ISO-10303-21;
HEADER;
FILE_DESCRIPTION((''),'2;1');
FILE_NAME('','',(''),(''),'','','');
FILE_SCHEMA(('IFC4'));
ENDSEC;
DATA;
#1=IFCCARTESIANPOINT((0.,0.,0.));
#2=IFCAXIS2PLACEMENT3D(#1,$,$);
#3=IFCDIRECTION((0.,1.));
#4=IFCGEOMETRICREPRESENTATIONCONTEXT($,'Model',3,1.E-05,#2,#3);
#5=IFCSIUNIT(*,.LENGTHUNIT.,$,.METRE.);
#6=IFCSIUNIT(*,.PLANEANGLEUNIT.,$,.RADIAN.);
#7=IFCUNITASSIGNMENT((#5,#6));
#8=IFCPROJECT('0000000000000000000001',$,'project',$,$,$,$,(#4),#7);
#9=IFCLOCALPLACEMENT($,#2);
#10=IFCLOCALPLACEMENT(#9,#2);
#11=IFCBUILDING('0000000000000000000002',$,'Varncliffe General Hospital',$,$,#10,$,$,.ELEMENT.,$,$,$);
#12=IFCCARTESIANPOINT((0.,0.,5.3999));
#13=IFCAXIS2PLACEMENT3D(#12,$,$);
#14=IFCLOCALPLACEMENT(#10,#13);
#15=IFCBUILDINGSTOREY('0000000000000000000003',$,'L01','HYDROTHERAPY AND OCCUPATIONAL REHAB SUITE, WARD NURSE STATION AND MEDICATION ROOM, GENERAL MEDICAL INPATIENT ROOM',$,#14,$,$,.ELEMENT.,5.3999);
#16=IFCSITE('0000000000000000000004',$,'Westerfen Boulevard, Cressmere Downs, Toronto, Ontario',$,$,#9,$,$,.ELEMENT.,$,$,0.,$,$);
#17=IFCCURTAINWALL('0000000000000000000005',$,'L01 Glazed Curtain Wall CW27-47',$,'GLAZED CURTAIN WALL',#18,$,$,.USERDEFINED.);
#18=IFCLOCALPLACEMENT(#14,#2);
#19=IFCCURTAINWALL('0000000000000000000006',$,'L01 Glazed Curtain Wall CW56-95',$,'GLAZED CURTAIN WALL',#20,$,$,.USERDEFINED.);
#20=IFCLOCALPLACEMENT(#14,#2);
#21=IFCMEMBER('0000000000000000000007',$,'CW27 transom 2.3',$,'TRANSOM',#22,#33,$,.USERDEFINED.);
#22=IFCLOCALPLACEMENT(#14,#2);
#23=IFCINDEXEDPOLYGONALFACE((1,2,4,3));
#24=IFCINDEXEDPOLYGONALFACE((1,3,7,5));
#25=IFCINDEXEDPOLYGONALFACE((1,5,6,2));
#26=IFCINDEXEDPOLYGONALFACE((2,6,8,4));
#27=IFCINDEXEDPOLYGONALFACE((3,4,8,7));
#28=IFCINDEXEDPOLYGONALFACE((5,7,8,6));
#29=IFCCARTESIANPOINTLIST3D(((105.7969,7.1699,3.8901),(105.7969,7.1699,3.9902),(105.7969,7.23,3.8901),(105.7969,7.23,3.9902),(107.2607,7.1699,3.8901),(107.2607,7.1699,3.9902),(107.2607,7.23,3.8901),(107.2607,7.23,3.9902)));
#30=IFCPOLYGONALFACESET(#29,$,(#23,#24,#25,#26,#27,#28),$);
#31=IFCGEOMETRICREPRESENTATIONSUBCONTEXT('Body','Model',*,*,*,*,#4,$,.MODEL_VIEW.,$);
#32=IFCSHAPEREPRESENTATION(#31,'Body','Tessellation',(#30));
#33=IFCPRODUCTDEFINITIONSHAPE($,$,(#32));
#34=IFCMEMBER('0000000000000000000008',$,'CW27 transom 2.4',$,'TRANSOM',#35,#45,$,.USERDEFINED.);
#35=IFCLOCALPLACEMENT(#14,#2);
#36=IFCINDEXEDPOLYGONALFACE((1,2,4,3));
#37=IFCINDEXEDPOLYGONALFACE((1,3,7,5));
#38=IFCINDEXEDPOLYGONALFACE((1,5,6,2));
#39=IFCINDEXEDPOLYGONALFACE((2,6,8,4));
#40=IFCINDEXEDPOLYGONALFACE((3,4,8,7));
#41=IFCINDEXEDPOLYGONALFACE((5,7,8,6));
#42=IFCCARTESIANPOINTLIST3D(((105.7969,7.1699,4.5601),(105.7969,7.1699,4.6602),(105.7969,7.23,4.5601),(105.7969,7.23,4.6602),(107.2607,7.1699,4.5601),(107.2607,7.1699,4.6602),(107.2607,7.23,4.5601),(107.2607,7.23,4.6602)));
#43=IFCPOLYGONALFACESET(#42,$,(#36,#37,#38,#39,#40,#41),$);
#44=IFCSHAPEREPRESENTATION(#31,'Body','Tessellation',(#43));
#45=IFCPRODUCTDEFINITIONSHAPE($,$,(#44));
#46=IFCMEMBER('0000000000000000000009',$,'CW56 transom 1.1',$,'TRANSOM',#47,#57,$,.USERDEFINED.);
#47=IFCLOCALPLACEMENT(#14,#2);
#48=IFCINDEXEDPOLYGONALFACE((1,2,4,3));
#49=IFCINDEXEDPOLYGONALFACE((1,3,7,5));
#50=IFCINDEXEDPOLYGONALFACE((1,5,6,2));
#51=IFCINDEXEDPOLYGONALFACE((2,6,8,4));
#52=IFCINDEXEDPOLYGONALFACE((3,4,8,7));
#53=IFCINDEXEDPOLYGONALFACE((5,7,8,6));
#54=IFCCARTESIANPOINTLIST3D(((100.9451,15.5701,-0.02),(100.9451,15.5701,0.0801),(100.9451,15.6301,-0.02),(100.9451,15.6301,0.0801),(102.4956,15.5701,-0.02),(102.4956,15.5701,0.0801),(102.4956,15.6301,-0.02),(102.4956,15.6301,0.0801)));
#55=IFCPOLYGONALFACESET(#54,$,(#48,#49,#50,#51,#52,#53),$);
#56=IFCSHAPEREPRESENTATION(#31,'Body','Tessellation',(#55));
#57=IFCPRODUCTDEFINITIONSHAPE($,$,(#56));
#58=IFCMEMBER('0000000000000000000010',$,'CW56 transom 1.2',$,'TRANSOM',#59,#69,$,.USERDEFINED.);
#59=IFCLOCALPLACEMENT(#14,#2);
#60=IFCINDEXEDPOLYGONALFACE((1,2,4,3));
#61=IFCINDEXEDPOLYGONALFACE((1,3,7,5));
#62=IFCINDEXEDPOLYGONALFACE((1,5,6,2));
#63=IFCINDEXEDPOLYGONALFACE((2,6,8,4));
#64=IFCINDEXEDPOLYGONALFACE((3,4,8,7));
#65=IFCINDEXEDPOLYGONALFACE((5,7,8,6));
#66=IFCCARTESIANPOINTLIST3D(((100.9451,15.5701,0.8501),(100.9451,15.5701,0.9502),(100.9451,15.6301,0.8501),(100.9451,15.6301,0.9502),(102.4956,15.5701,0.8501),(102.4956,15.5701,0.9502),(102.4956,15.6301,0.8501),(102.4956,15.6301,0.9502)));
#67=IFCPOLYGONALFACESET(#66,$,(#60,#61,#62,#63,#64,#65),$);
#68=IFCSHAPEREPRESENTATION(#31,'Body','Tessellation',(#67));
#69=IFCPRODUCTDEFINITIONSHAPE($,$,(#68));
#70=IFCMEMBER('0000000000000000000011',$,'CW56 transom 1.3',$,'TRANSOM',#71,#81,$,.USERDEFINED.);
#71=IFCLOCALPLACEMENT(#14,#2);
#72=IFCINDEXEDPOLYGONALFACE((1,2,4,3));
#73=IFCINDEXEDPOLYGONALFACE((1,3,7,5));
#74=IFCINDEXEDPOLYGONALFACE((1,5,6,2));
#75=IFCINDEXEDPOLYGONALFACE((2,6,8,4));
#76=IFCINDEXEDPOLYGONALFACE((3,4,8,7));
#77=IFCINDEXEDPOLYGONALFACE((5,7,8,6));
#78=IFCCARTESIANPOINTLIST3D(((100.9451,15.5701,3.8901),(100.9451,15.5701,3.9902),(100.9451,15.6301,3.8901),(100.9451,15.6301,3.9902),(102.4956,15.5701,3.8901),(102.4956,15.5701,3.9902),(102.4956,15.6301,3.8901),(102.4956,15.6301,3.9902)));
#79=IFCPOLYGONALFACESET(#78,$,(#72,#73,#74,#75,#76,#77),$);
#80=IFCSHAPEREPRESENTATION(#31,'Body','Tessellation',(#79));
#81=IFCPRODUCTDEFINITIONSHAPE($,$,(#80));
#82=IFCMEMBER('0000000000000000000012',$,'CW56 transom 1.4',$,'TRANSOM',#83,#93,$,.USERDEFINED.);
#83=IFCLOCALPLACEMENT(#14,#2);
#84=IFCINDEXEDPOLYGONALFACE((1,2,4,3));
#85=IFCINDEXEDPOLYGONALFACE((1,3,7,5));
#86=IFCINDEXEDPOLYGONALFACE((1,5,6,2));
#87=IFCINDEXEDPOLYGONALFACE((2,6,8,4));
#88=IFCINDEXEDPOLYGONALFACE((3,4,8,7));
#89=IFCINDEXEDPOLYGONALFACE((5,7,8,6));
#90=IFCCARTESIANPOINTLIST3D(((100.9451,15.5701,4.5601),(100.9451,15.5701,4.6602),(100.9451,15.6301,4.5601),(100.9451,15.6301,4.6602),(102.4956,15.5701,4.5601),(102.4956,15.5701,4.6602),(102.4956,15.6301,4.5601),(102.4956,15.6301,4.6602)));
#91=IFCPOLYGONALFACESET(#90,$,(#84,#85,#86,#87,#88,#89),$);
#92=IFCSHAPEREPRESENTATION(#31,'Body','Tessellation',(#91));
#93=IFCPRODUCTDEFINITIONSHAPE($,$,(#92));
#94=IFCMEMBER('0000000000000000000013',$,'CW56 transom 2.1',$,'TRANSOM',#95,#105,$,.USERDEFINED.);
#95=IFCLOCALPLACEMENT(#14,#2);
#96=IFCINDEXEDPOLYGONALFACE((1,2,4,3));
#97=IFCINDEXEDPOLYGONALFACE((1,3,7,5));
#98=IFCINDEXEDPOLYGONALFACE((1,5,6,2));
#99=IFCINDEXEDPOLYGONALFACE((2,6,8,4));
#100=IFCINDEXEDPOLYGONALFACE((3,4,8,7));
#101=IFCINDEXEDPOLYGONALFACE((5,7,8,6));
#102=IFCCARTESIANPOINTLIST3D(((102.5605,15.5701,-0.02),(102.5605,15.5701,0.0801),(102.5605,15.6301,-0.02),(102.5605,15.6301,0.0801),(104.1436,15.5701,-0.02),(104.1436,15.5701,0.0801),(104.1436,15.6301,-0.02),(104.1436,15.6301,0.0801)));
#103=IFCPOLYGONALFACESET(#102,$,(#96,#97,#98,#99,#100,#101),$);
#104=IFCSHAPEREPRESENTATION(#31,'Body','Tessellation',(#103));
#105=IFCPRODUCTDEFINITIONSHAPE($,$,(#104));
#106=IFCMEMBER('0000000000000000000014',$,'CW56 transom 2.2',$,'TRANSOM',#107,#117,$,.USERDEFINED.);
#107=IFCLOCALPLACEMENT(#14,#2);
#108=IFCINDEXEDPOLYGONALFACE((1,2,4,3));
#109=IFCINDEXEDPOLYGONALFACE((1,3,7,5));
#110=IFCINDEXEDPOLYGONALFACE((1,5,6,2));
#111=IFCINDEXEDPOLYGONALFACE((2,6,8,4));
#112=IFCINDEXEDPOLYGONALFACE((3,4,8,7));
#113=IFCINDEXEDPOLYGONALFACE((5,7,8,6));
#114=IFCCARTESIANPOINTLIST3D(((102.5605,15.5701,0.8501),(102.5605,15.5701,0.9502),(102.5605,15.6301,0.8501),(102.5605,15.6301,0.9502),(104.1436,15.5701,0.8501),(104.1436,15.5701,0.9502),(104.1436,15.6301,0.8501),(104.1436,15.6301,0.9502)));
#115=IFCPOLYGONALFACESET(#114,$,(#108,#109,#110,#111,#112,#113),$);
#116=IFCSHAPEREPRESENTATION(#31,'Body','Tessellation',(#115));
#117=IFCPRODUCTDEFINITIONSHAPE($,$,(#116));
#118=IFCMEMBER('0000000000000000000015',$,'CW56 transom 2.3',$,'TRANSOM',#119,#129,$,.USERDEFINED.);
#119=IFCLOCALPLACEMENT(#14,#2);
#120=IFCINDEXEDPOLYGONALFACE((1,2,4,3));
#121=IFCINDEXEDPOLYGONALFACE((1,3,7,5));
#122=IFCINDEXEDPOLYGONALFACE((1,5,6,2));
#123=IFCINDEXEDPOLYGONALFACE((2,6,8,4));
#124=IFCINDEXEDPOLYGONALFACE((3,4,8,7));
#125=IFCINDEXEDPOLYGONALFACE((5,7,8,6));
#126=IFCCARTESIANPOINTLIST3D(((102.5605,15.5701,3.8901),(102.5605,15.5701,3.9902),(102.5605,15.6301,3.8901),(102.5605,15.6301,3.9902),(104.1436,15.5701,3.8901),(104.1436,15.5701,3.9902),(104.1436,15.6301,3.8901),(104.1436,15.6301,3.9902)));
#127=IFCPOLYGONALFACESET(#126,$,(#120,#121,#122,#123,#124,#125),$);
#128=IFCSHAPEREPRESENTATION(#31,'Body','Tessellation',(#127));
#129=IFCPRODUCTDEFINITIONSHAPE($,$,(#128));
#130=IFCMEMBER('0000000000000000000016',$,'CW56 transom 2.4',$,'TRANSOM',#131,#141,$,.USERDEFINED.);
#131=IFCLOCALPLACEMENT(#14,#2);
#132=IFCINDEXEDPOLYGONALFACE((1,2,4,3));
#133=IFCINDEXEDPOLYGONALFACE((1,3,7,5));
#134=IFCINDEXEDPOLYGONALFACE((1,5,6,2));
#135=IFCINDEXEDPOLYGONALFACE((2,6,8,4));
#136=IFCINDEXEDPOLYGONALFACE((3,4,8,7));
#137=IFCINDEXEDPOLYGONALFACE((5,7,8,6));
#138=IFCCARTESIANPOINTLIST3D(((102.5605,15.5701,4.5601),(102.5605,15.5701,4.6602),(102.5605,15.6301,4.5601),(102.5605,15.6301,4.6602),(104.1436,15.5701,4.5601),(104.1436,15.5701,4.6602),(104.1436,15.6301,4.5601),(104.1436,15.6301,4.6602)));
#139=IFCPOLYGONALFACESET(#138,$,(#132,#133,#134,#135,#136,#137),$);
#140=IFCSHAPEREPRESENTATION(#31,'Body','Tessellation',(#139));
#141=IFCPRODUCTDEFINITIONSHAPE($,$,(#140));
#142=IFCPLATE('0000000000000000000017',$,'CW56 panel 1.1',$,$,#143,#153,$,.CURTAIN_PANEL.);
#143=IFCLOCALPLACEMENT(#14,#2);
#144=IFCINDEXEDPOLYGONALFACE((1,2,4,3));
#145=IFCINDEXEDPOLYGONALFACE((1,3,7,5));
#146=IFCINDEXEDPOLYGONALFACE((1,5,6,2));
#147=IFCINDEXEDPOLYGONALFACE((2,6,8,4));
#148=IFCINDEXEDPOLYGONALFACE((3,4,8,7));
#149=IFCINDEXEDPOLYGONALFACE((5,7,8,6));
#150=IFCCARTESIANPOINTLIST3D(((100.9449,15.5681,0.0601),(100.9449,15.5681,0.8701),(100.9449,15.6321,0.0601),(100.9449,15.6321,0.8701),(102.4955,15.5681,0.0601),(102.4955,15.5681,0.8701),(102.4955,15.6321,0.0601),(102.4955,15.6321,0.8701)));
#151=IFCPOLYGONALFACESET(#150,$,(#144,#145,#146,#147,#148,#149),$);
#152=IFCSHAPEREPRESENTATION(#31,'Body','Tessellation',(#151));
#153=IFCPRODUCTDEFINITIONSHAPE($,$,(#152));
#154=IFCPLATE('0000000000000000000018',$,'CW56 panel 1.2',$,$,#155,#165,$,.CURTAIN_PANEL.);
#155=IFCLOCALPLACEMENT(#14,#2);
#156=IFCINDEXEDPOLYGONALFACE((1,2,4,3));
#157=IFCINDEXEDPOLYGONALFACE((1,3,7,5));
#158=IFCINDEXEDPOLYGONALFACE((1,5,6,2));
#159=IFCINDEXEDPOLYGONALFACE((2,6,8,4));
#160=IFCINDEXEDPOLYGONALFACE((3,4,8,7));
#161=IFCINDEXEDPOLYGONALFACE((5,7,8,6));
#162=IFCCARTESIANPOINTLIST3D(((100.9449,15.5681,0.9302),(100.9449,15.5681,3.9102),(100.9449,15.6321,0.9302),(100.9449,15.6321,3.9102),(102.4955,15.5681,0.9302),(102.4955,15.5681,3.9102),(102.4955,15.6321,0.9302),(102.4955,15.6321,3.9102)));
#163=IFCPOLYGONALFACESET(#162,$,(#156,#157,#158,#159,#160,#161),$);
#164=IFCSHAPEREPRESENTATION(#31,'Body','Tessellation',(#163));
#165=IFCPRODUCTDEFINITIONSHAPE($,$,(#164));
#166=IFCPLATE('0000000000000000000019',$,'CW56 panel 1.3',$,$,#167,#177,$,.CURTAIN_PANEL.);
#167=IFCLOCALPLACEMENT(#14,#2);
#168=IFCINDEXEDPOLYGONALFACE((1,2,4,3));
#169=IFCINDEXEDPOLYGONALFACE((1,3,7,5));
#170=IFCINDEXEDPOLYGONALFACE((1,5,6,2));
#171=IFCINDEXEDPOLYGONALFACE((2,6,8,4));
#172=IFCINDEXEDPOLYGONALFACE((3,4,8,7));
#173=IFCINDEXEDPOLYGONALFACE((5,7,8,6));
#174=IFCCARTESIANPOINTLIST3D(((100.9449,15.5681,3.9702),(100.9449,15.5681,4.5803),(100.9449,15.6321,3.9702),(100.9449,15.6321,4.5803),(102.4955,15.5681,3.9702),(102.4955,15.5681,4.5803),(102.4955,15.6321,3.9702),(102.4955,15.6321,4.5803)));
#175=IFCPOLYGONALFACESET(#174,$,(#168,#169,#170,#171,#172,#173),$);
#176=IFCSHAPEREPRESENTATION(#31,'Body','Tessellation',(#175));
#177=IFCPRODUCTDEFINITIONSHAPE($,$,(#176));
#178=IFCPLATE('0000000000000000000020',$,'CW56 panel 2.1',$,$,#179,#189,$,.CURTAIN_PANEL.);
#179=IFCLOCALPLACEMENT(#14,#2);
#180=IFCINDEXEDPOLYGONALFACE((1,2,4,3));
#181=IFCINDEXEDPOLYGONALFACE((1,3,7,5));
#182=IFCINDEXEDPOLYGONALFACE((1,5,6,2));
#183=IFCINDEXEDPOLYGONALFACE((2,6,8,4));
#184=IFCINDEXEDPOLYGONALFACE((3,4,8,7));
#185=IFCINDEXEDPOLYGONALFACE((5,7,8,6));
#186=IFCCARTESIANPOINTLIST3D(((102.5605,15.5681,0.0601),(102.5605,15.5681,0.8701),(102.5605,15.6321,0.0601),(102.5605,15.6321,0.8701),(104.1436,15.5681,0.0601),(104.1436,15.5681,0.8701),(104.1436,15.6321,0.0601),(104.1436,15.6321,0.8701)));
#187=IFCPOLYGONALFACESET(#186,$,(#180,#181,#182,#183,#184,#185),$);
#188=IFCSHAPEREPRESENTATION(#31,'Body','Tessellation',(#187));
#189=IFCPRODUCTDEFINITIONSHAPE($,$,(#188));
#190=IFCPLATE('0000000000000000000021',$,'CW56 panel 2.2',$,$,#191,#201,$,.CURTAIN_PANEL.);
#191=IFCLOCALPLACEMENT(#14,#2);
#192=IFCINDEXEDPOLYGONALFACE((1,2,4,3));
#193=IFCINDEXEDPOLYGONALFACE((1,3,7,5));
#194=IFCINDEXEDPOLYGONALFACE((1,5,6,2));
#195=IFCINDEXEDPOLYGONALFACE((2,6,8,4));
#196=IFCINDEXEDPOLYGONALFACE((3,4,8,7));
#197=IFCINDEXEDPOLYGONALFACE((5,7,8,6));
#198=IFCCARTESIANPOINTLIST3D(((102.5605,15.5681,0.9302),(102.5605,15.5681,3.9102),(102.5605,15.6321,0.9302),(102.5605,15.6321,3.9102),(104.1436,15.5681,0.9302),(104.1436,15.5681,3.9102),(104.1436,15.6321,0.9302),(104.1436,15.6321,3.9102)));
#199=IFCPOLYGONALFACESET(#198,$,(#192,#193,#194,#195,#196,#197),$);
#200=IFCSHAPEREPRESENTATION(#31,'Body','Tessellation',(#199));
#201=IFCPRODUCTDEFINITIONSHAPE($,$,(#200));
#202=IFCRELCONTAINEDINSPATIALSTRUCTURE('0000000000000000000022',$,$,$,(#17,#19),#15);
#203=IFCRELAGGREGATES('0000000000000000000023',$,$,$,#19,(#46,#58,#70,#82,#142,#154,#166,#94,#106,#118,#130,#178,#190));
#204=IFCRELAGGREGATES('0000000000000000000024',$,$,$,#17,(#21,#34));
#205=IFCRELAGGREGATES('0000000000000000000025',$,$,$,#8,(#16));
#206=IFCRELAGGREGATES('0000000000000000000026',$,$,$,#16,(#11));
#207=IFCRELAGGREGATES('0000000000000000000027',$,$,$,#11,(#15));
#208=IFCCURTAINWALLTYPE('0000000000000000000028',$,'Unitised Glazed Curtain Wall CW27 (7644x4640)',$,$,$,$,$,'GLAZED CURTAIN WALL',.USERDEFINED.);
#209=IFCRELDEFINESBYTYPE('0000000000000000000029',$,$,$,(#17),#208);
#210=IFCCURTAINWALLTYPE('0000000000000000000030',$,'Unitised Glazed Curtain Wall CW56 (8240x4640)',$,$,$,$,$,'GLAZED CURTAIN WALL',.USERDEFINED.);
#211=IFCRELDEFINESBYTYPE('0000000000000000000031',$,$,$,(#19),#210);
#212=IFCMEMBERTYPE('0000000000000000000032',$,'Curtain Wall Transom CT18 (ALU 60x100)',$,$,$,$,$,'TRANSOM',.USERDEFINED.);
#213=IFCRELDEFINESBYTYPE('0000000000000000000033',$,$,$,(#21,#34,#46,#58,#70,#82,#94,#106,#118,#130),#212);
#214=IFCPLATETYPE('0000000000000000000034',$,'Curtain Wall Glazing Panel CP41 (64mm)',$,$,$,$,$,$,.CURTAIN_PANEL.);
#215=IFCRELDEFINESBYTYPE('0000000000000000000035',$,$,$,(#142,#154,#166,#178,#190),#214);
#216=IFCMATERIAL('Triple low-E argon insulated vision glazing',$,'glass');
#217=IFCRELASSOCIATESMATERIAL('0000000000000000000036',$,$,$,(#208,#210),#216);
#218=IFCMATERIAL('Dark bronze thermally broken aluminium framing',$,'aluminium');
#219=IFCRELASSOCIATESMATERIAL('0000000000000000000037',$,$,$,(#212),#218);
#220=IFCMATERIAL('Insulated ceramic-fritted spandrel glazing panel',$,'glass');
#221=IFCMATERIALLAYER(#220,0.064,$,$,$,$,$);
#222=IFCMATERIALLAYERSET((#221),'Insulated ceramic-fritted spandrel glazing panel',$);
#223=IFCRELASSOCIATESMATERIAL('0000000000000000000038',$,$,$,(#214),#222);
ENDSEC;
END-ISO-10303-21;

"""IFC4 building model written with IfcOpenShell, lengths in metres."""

from ifc_helpers import new_model, si_unit, direction, frame, origin, origin_2d, place, context, subcontext, project, spatial, rectangle, extrude, material, layer, layer_set, material_profile, profile_set, type_object, element, aggregate, save


model = new_model("IFC4")

# Units and contexts
model_context = context("Model", 3, precision=1e-05, world=origin(), true_north=direction((0.0, 1.0)))
body_context = subcontext(model_context, "Body", "Model", "MODEL_VIEW")
ifc_project = project(units=[si_unit("LENGTHUNIT", "METRE"), si_unit("PLANEANGLEUNIT", "RADIAN")], contexts=[model_context])

# Site, building, storey
site_placement = place(None, origin())
site = spatial("IfcSite", under=ifc_project, at=site_placement, Name="Westerfen Boulevard, Cressmere Downs, Toronto, Ontario", CompositionType="ELEMENT", RefElevation=0.0)
building_placement = place(site_placement, origin())
building = spatial("IfcBuilding", under=site, at=building_placement, Name="Varncliffe General Hospital", CompositionType="ELEMENT")
storey_placement = place(building_placement, frame((0.0, 0.0, 5.3999)))
storey = spatial("IfcBuildingStorey", under=building, at=storey_placement, Name="L01", Description="HYDROTHERAPY AND OCCUPATIONAL REHAB SUITE, WARD NURSE STATION AND MEDICATION ROOM, GENERAL MEDICAL INPATIENT ROOM", CompositionType="ELEMENT", Elevation=5.3999)

# Shared definitions
ifc_material_1 = material(Name="Triple low-E argon insulated vision glazing", Category="glass")
ifc_material_2 = material(Name="Dark bronze thermally broken aluminium framing", Category="aluminium")

# Curtain walls
curtain_wall_type_1 = type_object("IfcCurtainWallType", Name="Unitised Glazed Curtain Wall CW27 (7644x4640)", ElementType="GLAZED CURTAIN WALL", PredefinedType="USERDEFINED", material=ifc_material_1)
curtain_wall_1_placement = place(storey_placement, origin())
curtain_wall_1 = element("IfcCurtainWall", 1, at=curtain_wall_1_placement, inside=storey, type_object=curtain_wall_type_1, Name="L01 Glazed Curtain Wall CW27-47", ObjectType="GLAZED CURTAIN WALL", PredefinedType="USERDEFINED")
curtain_wall_type_2 = type_object("IfcCurtainWallType", Name="Unitised Glazed Curtain Wall CW56 (8240x4640)", ElementType="GLAZED CURTAIN WALL", PredefinedType="USERDEFINED", material=ifc_material_1)
curtain_wall_2_placement = place(storey_placement, origin())
curtain_wall_2 = element("IfcCurtainWall", 2, at=curtain_wall_2_placement, inside=storey, type_object=curtain_wall_type_2, Name="L01 Glazed Curtain Wall CW56-95", ObjectType="GLAZED CURTAIN WALL", PredefinedType="USERDEFINED")

# Members
ifc_material_profile_1 = material_profile(ifc_material_2, rectangle(XDim=0.0601, YDim=0.1001, at=origin_2d()), Name="ALU 60x100")
ifc_profile_set_1 = profile_set([ifc_material_profile_1], Name="Dark bronze thermally broken aluminium framing")
member_type_1 = type_object("IfcMemberType", Name="Curtain Wall Transom CT18 (ALU 60x100)", ElementType="TRANSOM", PredefinedType="USERDEFINED", material=ifc_profile_set_1)
member_1_placement = place(storey_placement, frame((107.2607, 7.2, 3.9402), z_axis=(-1.0, 0.0, 0.0), x_axis=(0.0, -1.0, 0.0)))
member_1 = element("IfcMember", 3, at=member_1_placement, type_object=member_type_1, Name="CW27 transom 2.3", ObjectType="TRANSOM", PredefinedType="USERDEFINED", context=body_context, shape_type="SweptSolid", body=[
    extrude(rectangle(XDim=0.0601, YDim=0.1001, at=origin_2d()), origin(), (0.0, 0.0, 1.0), 1.4639),
])
member_2_placement = place(storey_placement, frame((107.2607, 7.2, 4.6101), z_axis=(-1.0, 0.0, 0.0), x_axis=(0.0, -1.0, 0.0)))
member_2 = element("IfcMember", 4, at=member_2_placement, type_object=member_type_1, Name="CW27 transom 2.4", ObjectType="TRANSOM", PredefinedType="USERDEFINED", context=body_context, shape_type="SweptSolid", body=[
    extrude(rectangle(XDim=0.0601, YDim=0.1001, at=origin_2d()), origin(), (0.0, 0.0, 1.0), 1.4639),
])
member_3_placement = place(storey_placement, frame((100.9451, 15.6001, 0.03), z_axis=(1.0, 0.0, 0.0), x_axis=(0.0, 1.0, 0.0)))
member_3 = element("IfcMember", 5, at=member_3_placement, type_object=member_type_1, Name="CW56 transom 1.1", ObjectType="TRANSOM", PredefinedType="USERDEFINED", context=body_context, shape_type="SweptSolid", body=[
    extrude(rectangle(XDim=0.0601, YDim=0.1001, at=origin_2d()), origin(), (0.0, 0.0, 1.0), 1.5505),
])
member_4_placement = place(storey_placement, frame((100.9451, 15.6001, 0.9001), z_axis=(1.0, 0.0, 0.0), x_axis=(0.0, 1.0, 0.0)))
member_4 = element("IfcMember", 6, at=member_4_placement, type_object=member_type_1, Name="CW56 transom 1.2", ObjectType="TRANSOM", PredefinedType="USERDEFINED", context=body_context, shape_type="SweptSolid", body=[
    extrude(rectangle(XDim=0.0601, YDim=0.1001, at=origin_2d()), origin(), (0.0, 0.0, 1.0), 1.5505),
])
member_5_placement = place(storey_placement, frame((100.9451, 15.6001, 3.9402), z_axis=(1.0, 0.0, 0.0), x_axis=(0.0, 1.0, 0.0)))
member_5 = element("IfcMember", 7, at=member_5_placement, type_object=member_type_1, Name="CW56 transom 1.3", ObjectType="TRANSOM", PredefinedType="USERDEFINED", context=body_context, shape_type="SweptSolid", body=[
    extrude(rectangle(XDim=0.0601, YDim=0.1001, at=origin_2d()), origin(), (0.0, 0.0, 1.0), 1.5505),
])
member_6_placement = place(storey_placement, frame((100.9451, 15.6001, 4.6101), z_axis=(1.0, 0.0, 0.0), x_axis=(0.0, 1.0, 0.0)))
member_6 = element("IfcMember", 8, at=member_6_placement, type_object=member_type_1, Name="CW56 transom 1.4", ObjectType="TRANSOM", PredefinedType="USERDEFINED", context=body_context, shape_type="SweptSolid", body=[
    extrude(rectangle(XDim=0.0601, YDim=0.1001, at=origin_2d()), origin(), (0.0, 0.0, 1.0), 1.5505),
])
member_7_placement = place(storey_placement, frame((102.5605, 15.6001, 0.03), z_axis=(1.0, 0.0, 0.0), x_axis=(0.0, 1.0, 0.0)))
member_7 = element("IfcMember", 9, at=member_7_placement, type_object=member_type_1, Name="CW56 transom 2.1", ObjectType="TRANSOM", PredefinedType="USERDEFINED", context=body_context, shape_type="SweptSolid", body=[
    extrude(rectangle(XDim=0.0601, YDim=0.1001, at=origin_2d()), origin(), (0.0, 0.0, 1.0), 1.583),
])
member_8_placement = place(storey_placement, frame((102.5605, 15.6001, 0.9001), z_axis=(1.0, 0.0, 0.0), x_axis=(0.0, 1.0, 0.0)))
member_8 = element("IfcMember", 10, at=member_8_placement, type_object=member_type_1, Name="CW56 transom 2.2", ObjectType="TRANSOM", PredefinedType="USERDEFINED", context=body_context, shape_type="SweptSolid", body=[
    extrude(rectangle(XDim=0.0601, YDim=0.1001, at=origin_2d()), origin(), (0.0, 0.0, 1.0), 1.583),
])
member_9_placement = place(storey_placement, frame((102.5605, 15.6001, 3.9402), z_axis=(1.0, 0.0, 0.0), x_axis=(0.0, 1.0, 0.0)))
member_9 = element("IfcMember", 11, at=member_9_placement, type_object=member_type_1, Name="CW56 transom 2.3", ObjectType="TRANSOM", PredefinedType="USERDEFINED", context=body_context, shape_type="SweptSolid", body=[
    extrude(rectangle(XDim=0.0601, YDim=0.1001, at=origin_2d()), origin(), (0.0, 0.0, 1.0), 1.583),
])
member_10_placement = place(storey_placement, frame((102.5605, 15.6001, 4.6101), z_axis=(1.0, 0.0, 0.0), x_axis=(0.0, 1.0, 0.0)))
member_10 = element("IfcMember", 12, at=member_10_placement, type_object=member_type_1, Name="CW56 transom 2.4", ObjectType="TRANSOM", PredefinedType="USERDEFINED", context=body_context, shape_type="SweptSolid", body=[
    extrude(rectangle(XDim=0.0601, YDim=0.1001, at=origin_2d()), origin(), (0.0, 0.0, 1.0), 1.583),
])

# Plates
ifc_material_3 = material(Name="Insulated ceramic-fritted spandrel glazing panel", Category="glass")
ifc_layer_1 = layer(ifc_material_3, 0.064)
ifc_layer_set_1 = layer_set([ifc_layer_1], Name="Insulated ceramic-fritted spandrel glazing panel")
plate_type_1 = type_object("IfcPlateType", Name="Curtain Wall Glazing Panel CP41 (64mm)", PredefinedType="CURTAIN_PANEL", material=ifc_layer_set_1)
plate_1_placement = place(storey_placement, frame((101.7202, 15.6001, 0.0601), z_axis=(0.0, 0.0, 1.0), x_axis=(1.0, 0.0, 0.0)))
plate_1 = element("IfcPlate", 13, at=plate_1_placement, type_object=plate_type_1, Name="CW56 panel 1.1", PredefinedType="CURTAIN_PANEL", context=body_context, shape_type="SweptSolid", body=[
    extrude(rectangle(XDim=1.5505, YDim=0.064, at=origin_2d()), origin(), (0.0, 0.0, 1.0), 0.8101),
])
plate_2_placement = place(storey_placement, frame((101.7202, 15.6001, 0.9302), z_axis=(0.0, 0.0, 1.0), x_axis=(1.0, 0.0, 0.0)))
plate_2 = element("IfcPlate", 14, at=plate_2_placement, type_object=plate_type_1, Name="CW56 panel 1.2", PredefinedType="CURTAIN_PANEL", context=body_context, shape_type="SweptSolid", body=[
    extrude(rectangle(XDim=1.5505, YDim=0.064, at=origin_2d()), origin(), (0.0, 0.0, 1.0), 2.98),
])
plate_3_placement = place(storey_placement, frame((101.7202, 15.6001, 3.9702), z_axis=(0.0, 0.0, 1.0), x_axis=(1.0, 0.0, 0.0)))
plate_3 = element("IfcPlate", 15, at=plate_3_placement, type_object=plate_type_1, Name="CW56 panel 1.3", PredefinedType="CURTAIN_PANEL", context=body_context, shape_type="SweptSolid", body=[
    extrude(rectangle(XDim=1.5505, YDim=0.064, at=origin_2d()), origin(), (0.0, 0.0, 1.0), 0.6101),
])
plate_4_placement = place(storey_placement, frame((103.3521, 15.6001, 0.0601), z_axis=(0.0, 0.0, 1.0), x_axis=(1.0, 0.0, 0.0)))
plate_4 = element("IfcPlate", 16, at=plate_4_placement, type_object=plate_type_1, Name="CW56 panel 2.1", PredefinedType="CURTAIN_PANEL", context=body_context, shape_type="SweptSolid", body=[
    extrude(rectangle(XDim=1.583, YDim=0.064, at=origin_2d()), origin(), (0.0, 0.0, 1.0), 0.8101),
])
plate_5_placement = place(storey_placement, frame((103.3521, 15.6001, 0.9302), z_axis=(0.0, 0.0, 1.0), x_axis=(1.0, 0.0, 0.0)))
plate_5 = element("IfcPlate", 17, at=plate_5_placement, type_object=plate_type_1, Name="CW56 panel 2.2", PredefinedType="CURTAIN_PANEL", context=body_context, shape_type="SweptSolid", body=[
    extrude(rectangle(XDim=1.583, YDim=0.064, at=origin_2d()), origin(), (0.0, 0.0, 1.0), 2.98),
])
aggregate(curtain_wall_2, [member_3, member_4, member_5, member_6, plate_1, plate_2, plate_3, member_7, member_8, member_9, member_10, plate_4, plate_5])
aggregate(curtain_wall_1, [member_1, member_2])

save(model, "model.ifc")
